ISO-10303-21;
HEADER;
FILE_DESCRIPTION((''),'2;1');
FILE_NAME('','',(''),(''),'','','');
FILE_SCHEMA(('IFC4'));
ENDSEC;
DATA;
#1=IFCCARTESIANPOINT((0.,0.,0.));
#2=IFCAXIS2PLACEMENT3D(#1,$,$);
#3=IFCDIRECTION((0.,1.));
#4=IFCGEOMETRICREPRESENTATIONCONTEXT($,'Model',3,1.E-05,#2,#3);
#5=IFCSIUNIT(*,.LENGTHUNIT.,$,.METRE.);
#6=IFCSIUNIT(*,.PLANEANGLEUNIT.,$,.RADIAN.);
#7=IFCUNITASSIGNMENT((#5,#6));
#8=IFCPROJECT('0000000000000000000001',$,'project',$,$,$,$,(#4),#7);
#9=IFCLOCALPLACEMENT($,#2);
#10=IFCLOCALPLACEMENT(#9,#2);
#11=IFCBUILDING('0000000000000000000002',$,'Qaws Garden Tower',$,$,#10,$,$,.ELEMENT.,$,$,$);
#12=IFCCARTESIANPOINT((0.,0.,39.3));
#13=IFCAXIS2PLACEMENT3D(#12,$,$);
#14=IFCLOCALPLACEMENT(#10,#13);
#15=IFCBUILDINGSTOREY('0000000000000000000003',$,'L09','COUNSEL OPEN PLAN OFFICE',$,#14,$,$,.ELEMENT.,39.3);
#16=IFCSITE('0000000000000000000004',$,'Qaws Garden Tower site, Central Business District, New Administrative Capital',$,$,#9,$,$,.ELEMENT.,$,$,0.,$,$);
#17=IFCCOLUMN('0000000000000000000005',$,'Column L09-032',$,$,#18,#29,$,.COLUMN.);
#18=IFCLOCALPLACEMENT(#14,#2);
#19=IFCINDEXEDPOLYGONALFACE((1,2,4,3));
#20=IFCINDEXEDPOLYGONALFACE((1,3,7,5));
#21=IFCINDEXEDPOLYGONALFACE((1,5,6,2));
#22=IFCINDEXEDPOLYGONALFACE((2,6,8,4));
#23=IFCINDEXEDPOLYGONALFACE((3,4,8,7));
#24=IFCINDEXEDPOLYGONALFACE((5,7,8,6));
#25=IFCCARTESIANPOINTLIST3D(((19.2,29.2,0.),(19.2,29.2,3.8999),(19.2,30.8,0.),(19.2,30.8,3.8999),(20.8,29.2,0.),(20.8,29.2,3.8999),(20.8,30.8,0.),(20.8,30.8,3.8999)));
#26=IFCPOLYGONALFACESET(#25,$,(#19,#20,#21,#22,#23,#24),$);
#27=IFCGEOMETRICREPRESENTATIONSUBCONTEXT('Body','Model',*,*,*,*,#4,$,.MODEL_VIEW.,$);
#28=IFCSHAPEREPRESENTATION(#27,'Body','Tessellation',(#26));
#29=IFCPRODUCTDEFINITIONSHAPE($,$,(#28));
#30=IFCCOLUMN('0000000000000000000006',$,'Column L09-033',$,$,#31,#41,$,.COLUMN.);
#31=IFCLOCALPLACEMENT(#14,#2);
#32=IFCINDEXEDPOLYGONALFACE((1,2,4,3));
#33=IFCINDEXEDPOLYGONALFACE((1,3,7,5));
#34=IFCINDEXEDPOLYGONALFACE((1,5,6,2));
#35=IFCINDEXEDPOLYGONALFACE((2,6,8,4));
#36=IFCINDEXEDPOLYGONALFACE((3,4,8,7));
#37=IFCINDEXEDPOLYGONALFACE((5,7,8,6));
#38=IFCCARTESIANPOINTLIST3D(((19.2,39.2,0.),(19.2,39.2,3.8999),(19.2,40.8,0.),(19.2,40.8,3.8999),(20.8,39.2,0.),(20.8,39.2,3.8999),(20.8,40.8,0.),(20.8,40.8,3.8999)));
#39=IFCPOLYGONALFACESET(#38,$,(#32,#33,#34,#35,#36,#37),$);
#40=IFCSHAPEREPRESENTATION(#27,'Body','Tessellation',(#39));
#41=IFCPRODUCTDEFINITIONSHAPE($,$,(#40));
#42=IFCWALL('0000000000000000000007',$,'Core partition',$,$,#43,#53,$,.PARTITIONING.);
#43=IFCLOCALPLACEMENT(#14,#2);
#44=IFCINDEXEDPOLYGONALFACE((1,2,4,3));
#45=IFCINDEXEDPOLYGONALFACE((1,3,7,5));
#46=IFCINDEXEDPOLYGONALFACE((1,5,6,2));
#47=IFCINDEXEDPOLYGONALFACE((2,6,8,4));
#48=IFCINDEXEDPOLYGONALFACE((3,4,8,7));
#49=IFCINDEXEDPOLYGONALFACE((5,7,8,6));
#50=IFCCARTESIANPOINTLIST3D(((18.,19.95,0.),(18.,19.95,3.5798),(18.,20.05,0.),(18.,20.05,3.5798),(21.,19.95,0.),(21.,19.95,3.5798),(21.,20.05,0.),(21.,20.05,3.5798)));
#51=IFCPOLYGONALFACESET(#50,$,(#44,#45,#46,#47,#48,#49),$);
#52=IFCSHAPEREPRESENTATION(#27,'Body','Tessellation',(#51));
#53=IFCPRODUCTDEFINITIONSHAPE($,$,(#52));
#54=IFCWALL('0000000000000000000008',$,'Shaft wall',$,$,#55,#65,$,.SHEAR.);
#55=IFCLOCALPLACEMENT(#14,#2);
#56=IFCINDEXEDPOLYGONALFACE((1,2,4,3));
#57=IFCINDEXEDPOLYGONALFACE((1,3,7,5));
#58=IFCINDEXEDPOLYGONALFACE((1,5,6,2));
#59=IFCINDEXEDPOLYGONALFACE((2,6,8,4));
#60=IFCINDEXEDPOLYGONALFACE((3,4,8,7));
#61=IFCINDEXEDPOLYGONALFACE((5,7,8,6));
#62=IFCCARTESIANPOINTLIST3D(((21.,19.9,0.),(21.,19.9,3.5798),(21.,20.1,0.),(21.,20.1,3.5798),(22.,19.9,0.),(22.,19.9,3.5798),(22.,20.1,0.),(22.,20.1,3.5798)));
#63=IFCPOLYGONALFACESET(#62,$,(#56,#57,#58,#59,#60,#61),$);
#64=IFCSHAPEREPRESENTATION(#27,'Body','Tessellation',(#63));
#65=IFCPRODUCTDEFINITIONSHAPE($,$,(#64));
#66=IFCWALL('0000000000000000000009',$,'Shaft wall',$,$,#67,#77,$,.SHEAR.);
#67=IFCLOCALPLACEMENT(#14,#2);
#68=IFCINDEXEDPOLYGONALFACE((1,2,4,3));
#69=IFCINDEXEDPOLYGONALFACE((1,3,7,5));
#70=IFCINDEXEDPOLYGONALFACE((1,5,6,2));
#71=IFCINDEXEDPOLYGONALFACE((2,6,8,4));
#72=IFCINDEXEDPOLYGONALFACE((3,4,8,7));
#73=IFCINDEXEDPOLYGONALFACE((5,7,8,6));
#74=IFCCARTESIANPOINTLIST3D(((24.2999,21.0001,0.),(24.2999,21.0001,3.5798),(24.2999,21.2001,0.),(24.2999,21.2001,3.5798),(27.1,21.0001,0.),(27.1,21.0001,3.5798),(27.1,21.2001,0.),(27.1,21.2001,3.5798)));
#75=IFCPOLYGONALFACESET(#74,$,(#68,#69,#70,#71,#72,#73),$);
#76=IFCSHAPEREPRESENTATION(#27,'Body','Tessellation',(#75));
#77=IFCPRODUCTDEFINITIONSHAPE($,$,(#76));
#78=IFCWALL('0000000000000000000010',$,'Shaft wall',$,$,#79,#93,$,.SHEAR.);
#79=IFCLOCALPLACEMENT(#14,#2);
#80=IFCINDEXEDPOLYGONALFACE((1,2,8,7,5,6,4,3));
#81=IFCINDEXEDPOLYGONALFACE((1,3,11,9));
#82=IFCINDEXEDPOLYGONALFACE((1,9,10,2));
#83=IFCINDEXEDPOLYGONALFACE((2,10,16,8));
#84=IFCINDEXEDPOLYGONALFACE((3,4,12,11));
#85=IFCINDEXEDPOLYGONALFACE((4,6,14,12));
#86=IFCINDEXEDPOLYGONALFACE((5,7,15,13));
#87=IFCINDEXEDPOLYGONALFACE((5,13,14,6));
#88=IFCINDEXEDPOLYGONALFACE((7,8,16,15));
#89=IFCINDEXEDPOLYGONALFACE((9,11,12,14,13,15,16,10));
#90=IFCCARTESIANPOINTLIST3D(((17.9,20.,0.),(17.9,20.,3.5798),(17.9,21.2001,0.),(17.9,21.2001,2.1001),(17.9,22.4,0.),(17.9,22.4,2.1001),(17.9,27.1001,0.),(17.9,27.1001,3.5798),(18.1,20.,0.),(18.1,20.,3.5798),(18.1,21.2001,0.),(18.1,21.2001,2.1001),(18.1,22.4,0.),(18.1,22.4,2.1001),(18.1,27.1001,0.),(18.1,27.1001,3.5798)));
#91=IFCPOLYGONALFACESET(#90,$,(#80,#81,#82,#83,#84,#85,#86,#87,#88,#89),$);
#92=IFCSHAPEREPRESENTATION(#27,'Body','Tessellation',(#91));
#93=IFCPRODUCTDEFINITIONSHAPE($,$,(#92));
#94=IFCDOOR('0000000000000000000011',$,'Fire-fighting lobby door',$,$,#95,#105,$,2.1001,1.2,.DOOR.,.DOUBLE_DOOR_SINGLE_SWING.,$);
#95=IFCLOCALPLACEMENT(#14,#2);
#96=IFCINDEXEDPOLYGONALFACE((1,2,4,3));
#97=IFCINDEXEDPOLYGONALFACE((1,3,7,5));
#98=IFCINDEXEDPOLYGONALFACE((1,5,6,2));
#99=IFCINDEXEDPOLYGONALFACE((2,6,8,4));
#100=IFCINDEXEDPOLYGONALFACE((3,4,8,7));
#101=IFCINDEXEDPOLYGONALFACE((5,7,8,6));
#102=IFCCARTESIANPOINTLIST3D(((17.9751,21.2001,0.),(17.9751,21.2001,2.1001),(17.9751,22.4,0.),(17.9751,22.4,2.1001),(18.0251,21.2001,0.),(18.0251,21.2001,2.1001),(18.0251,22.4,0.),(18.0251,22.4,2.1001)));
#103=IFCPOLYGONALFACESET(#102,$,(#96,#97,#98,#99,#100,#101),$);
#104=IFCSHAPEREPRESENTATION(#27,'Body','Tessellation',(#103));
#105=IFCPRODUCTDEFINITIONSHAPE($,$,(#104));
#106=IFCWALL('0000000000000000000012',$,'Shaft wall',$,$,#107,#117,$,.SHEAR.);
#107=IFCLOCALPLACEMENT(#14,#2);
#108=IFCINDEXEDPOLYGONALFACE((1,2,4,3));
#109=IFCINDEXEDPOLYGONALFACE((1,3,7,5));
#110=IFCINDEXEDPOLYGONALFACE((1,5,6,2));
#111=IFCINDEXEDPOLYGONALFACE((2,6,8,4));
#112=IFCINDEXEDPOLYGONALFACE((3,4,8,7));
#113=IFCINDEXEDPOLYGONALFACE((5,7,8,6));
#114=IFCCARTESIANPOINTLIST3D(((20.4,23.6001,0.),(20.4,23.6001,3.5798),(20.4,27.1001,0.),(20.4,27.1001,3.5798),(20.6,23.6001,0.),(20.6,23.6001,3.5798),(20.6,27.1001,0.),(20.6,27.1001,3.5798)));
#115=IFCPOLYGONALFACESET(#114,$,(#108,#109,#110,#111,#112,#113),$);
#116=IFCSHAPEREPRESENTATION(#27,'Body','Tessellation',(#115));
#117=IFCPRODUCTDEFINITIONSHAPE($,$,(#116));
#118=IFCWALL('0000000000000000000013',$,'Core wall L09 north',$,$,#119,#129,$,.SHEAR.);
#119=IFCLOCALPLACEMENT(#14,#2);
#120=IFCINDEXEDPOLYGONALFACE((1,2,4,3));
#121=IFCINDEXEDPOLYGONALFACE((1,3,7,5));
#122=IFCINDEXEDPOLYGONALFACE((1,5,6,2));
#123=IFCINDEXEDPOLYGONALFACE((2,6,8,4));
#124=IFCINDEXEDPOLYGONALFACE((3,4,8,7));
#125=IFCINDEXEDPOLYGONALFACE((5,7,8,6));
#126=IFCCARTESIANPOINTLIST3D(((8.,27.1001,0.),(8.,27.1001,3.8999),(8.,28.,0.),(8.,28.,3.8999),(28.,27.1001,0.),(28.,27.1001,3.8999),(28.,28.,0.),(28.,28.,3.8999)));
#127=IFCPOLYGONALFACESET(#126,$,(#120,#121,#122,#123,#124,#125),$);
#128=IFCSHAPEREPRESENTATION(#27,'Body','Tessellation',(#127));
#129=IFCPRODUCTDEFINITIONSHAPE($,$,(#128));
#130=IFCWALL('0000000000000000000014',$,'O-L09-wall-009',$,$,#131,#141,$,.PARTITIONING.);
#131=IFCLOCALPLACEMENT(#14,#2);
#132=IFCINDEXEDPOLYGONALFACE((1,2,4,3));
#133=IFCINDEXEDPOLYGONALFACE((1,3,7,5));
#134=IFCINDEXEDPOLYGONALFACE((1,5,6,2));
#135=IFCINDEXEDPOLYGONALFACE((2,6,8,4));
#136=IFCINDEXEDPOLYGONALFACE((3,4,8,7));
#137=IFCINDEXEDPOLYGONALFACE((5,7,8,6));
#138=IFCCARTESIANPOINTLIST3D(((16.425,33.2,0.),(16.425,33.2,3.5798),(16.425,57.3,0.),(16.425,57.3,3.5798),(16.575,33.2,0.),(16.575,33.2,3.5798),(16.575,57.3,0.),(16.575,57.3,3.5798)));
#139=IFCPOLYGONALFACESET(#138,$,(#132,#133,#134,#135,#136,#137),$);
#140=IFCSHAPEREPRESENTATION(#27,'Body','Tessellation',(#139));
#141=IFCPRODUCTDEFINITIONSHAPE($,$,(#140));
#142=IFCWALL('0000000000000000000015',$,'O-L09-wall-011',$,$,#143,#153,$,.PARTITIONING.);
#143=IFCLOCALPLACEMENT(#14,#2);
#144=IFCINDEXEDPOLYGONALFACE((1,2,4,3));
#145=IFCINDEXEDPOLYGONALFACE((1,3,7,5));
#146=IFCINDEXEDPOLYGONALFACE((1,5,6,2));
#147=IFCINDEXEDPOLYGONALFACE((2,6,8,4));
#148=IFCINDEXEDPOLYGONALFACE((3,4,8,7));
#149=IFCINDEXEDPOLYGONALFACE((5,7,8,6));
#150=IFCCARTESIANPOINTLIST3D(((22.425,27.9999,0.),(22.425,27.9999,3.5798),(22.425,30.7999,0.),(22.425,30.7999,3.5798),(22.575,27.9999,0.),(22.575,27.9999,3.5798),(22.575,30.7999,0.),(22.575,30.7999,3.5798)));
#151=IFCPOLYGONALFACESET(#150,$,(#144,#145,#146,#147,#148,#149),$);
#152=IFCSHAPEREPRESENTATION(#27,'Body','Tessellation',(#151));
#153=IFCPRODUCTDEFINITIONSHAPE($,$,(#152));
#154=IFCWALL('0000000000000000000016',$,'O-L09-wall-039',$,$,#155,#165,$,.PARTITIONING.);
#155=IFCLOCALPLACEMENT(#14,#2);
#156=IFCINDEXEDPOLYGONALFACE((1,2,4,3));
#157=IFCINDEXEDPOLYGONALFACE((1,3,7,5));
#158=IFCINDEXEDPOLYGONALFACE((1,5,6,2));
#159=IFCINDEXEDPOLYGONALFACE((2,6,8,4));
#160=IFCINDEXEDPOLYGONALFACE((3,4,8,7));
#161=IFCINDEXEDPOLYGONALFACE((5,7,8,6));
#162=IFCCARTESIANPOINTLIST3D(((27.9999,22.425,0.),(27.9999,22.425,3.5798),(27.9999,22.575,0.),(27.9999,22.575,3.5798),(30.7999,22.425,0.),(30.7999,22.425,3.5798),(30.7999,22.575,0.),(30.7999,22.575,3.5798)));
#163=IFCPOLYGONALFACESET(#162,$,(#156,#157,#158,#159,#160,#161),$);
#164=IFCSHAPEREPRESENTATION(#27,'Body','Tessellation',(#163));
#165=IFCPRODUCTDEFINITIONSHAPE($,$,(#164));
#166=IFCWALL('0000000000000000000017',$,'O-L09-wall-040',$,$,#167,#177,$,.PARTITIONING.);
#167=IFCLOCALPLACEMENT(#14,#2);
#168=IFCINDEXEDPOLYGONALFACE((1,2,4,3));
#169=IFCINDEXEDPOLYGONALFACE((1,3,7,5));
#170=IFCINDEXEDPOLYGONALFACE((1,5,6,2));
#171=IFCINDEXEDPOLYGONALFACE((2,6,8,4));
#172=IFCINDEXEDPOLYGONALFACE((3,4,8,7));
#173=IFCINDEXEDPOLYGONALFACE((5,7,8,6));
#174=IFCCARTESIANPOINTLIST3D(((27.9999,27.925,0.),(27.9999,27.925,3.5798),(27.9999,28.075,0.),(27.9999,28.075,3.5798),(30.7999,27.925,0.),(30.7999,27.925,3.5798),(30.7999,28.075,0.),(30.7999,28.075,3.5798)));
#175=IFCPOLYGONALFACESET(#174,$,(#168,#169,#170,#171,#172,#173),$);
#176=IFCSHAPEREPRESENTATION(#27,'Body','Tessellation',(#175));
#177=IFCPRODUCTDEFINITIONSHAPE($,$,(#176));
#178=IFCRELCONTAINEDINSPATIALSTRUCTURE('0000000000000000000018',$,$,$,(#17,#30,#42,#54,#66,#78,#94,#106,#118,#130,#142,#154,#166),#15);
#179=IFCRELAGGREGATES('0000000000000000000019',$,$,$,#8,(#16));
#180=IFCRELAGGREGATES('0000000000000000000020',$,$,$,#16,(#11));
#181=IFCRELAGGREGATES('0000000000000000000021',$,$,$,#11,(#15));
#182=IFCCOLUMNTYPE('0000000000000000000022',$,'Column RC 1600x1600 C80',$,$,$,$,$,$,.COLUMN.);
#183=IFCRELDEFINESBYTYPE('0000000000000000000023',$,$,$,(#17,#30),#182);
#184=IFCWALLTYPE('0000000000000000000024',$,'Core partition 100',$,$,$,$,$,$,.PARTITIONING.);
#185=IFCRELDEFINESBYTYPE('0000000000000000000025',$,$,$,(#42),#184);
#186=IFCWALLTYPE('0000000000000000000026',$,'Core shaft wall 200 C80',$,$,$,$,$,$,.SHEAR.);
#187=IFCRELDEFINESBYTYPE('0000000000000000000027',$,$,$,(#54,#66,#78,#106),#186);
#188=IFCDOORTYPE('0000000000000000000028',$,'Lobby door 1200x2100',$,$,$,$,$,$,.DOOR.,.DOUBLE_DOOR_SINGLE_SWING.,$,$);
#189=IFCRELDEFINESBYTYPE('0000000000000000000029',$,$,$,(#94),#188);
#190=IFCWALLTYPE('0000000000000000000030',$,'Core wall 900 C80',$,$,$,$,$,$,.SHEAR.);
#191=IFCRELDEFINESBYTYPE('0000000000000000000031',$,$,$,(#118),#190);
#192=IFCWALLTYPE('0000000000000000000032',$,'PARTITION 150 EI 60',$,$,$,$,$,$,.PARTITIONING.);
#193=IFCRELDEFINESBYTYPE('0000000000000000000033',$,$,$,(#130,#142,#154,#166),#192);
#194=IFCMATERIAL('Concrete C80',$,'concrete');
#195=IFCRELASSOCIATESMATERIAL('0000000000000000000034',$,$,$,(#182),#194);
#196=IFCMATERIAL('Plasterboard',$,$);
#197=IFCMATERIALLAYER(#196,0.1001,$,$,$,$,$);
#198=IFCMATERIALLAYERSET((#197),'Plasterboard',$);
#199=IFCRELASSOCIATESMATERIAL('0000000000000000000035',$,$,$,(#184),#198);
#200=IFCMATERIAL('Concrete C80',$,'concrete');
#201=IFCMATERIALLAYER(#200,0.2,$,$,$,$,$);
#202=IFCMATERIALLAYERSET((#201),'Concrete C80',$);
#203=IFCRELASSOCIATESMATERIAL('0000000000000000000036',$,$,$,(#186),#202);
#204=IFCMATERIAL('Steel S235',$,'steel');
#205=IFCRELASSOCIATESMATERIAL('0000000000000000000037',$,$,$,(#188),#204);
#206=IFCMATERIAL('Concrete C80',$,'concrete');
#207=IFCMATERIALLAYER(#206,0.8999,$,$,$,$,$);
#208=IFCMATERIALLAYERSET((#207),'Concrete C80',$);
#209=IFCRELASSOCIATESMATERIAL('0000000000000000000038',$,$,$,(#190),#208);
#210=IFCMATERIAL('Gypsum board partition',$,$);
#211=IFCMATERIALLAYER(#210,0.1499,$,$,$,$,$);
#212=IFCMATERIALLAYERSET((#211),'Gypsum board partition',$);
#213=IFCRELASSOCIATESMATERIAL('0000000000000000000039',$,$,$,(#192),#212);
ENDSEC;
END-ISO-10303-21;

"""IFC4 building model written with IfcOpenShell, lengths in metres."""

from ifc_helpers import new_model, si_unit, direction, frame, frame_2d, origin, origin_2d, place, context, subcontext, project, spatial, rectangle, extrude, material, layer, layer_set, material_profile, profile_set, type_object, element, fill, save


model = new_model("IFC4")

# Units and contexts
model_context = context("Model", 3, precision=1e-05, world=origin(), true_north=direction((0.0, 1.0)))
body_context = subcontext(model_context, "Body", "Model", "MODEL_VIEW")
ifc_project = project(units=[si_unit("LENGTHUNIT", "METRE"), si_unit("PLANEANGLEUNIT", "RADIAN")], contexts=[model_context])

# Site, building, storey
site_placement = place(None, origin())
site = spatial("IfcSite", under=ifc_project, at=site_placement, Name="Qaws Garden Tower site, Central Business District, New Administrative Capital", CompositionType="ELEMENT", RefElevation=0.0)
building_placement = place(site_placement, origin())
building = spatial("IfcBuilding", under=site, at=building_placement, Name="Qaws Garden Tower", CompositionType="ELEMENT")
storey_placement = place(building_placement, frame((0.0, 0.0, 39.3)))
storey = spatial("IfcBuildingStorey", under=building, at=storey_placement, Name="L09", Description="COUNSEL OPEN PLAN OFFICE", CompositionType="ELEMENT", Elevation=39.3)

# Columns
ifc_material_1 = material(Name="Concrete C80", Category="concrete")
ifc_material_profile = material_profile(ifc_material_1, rectangle(XDim=1.6001, YDim=1.6001, at=origin_2d()), Name="RC 1600x1600")
ifc_profile_set = profile_set([ifc_material_profile], Name="Concrete C80")
column_type = type_object("IfcColumnType", Name="Column RC 1600x1600 C80", PredefinedType="COLUMN", material=ifc_profile_set)
for number, where, z_axis, x_axis, name in (
    (1, (20.0, 30.0, 0.0), (0.0, 0.0, 1.0), (1.0, 0.0, 0.0), "Column L09-032"),
    (2, (20.0, 40.0, 0.0), (0.0, 0.0, 1.0), (1.0, 0.0, 0.0), "Column L09-033"),
):
    element("IfcColumn", number, at=place(storey_placement, frame(where, z_axis=z_axis, x_axis=x_axis)), inside=storey, type_object=column_type, Name=name, PredefinedType="COLUMN", context=body_context, shape_type="SweptSolid", body=[
        extrude(rectangle(XDim=1.6001, YDim=1.6001, at=origin_2d()), origin(), (0.0, 0.0, 1.0), 3.8999),
    ])

# Walls
ifc_material_2 = material(Name="Plasterboard")
ifc_layer_1 = layer(ifc_material_2, 0.1001)
ifc_layer_set_1 = layer_set([ifc_layer_1], Name="Plasterboard")
wall_type_1 = type_object("IfcWallType", Name="Core partition 100", PredefinedType="PARTITIONING", material=ifc_layer_set_1)
wall_1_placement = place(storey_placement, frame((18.0, 20.0, 0.0), z_axis=(0.0, 0.0, 1.0), x_axis=(1.0, 0.0, 0.0)))
element("IfcWall", 3, at=wall_1_placement, inside=storey, type_object=wall_type_1, Name="Core partition", PredefinedType="PARTITIONING", context=body_context, shape_type="SweptSolid", body=[
    extrude(rectangle(XDim=3.0, YDim=0.1001, at=frame_2d((1.5, 0.0))), origin(), (0.0, 0.0, 1.0), 3.5798),
])
ifc_material_3 = material(Name="Concrete C80", Category="concrete")
ifc_layer_2 = layer(ifc_material_3, 0.2)
ifc_layer_set_2 = layer_set([ifc_layer_2], Name="Concrete C80")
wall_type_2 = type_object("IfcWallType", Name="Core shaft wall 200 C80", PredefinedType="SHEAR", material=ifc_layer_set_2)
wall_2_placement = place(storey_placement, frame((21.0, 20.0, 0.0), z_axis=(0.0, 0.0, 1.0), x_axis=(1.0, 0.0, 0.0)))
element("IfcWall", 4, at=wall_2_placement, inside=storey, type_object=wall_type_2, Name="Shaft wall", PredefinedType="SHEAR", context=body_context, shape_type="SweptSolid", body=[
    extrude(rectangle(XDim=1.0, YDim=0.2, at=frame_2d((0.5, 0.0))), origin(), (0.0, 0.0, 1.0), 3.5798),
])
wall_3_placement = place(storey_placement, frame((24.3, 21.1001, 0.0), z_axis=(0.0, 0.0, 1.0), x_axis=(1.0, 0.0, 0.0)))
element("IfcWall", 5, at=wall_3_placement, inside=storey, type_object=wall_type_2, Name="Shaft wall", PredefinedType="SHEAR", context=body_context, shape_type="SweptSolid", body=[
    extrude(rectangle(XDim=2.8, YDim=0.2, at=frame_2d((1.3999, 0.0))), origin(), (0.0, 0.0, 1.0), 3.5798),
])

# Wall, opening, door
wall_4_placement = place(storey_placement, frame((18.0, 20.0, 0.0), z_axis=(0.0, 0.0, 1.0), x_axis=(0.0, 1.0, 0.0)))
wall_4 = element("IfcWall", 6, at=wall_4_placement, inside=storey, type_object=wall_type_2, Name="Shaft wall", PredefinedType="SHEAR", context=body_context, shape_type="SweptSolid", body=[
    extrude(rectangle(XDim=7.1001, YDim=0.2, at=frame_2d((3.55, 0.0))), origin(), (0.0, 0.0, 1.0), 3.5798),
])
opening_1_placement = place(wall_4_placement, frame((1.2, 0.0, 0.0)))
opening_1 = element("IfcOpeningElement", 7, at=opening_1_placement, cuts=wall_4, PredefinedType="OPENING", context=body_context, shape_type="SweptSolid", body=[
    extrude(rectangle(XDim=1.2, YDim=2.1001, at=frame_2d((0.6001, 1.05))), frame((0.0, 0.1099, 0.0), z_axis=(0.0, -1.0, 0.0), x_axis=(1.0, 0.0, 0.0)), (0.0, 0.0, 1.0), 0.22),
])
ifc_material_4 = material(Name="Steel S235", Category="steel")
door_type_1 = type_object("IfcDoorType", Name="Lobby door 1200x2100", OperationType="DOUBLE_DOOR_SINGLE_SWING", PredefinedType="DOOR", material=ifc_material_4)
door_1_placement = place(opening_1_placement, origin())
door_1 = element("IfcDoor", 8, at=door_1_placement, inside=storey, type_object=door_type_1, Name="Fire-fighting lobby door", OperationType="DOUBLE_DOOR_SINGLE_SWING", OverallHeight=2.1001, OverallWidth=1.2, PredefinedType="DOOR", context=body_context, shape_type="SweptSolid", body=[
    extrude(rectangle(XDim=1.2, YDim=2.1001, at=frame_2d((0.6001, 1.05))), frame((0.0, 0.0249, 0.0), z_axis=(0.0, -1.0, 0.0), x_axis=(1.0, 0.0, 0.0)), (0.0, 0.0, 1.0), 0.05),
])
fill(opening_1, door_1)

# Walls
wall_5_placement = place(storey_placement, frame((20.5, 23.6001, 0.0), z_axis=(0.0, 0.0, 1.0), x_axis=(0.0, 1.0, 0.0)))
element("IfcWall", 9, at=wall_5_placement, inside=storey, type_object=wall_type_2, Name="Shaft wall", PredefinedType="SHEAR", context=body_context, shape_type="SweptSolid", body=[
    extrude(rectangle(XDim=3.5, YDim=0.2, at=frame_2d((1.75, 0.0))), origin(), (0.0, 0.0, 1.0), 3.5798),
])
ifc_material_5 = material(Name="Concrete C80", Category="concrete")
ifc_layer_3 = layer(ifc_material_5, 0.8999)
ifc_layer_set_3 = layer_set([ifc_layer_3], Name="Concrete C80")
wall_type_3 = type_object("IfcWallType", Name="Core wall 900 C80", PredefinedType="SHEAR", material=ifc_layer_set_3)
wall_6_placement = place(storey_placement, frame((28.0, 27.55, 0.0), z_axis=(0.0, 0.0, 1.0), x_axis=(-1.0, 0.0, 0.0)))
element("IfcWall", 10, at=wall_6_placement, inside=storey, type_object=wall_type_3, Name="Core wall L09 north", PredefinedType="SHEAR", context=body_context, shape_type="SweptSolid", body=[
    extrude(rectangle(XDim=20.0, YDim=0.8999, at=frame_2d((10.0, 0.0))), origin(), (0.0, 0.0, 1.0), 3.8999),
])
ifc_material_6 = material(Name="Gypsum board partition")
ifc_layer_4 = layer(ifc_material_6, 0.1499)
ifc_layer_set_4 = layer_set([ifc_layer_4], Name="Gypsum board partition")
wall_type_4 = type_object("IfcWallType", Name="PARTITION 150 EI 60", PredefinedType="PARTITIONING", material=ifc_layer_set_4)
wall_7_placement = place(storey_placement, frame((16.5, 33.2, 0.0), z_axis=(0.0, 0.0, 1.0), x_axis=(0.0, 1.0, 0.0)))
element("IfcWall", 11, at=wall_7_placement, inside=storey, type_object=wall_type_4, Name="O-L09-wall-009", PredefinedType="PARTITIONING", context=body_context, shape_type="SweptSolid", body=[
    extrude(rectangle(XDim=24.1001, YDim=0.1499, at=frame_2d((12.05, 0.0))), origin(), (0.0, 0.0, 1.0), 3.5798),
])
for number, where, z_axis, x_axis, name in (
    (12, (22.5, 28.0, 0.0), (0.0, 0.0, 1.0), (0.0, 1.0, 0.0), "O-L09-wall-011"),
    (13, (28.0, 22.5, 0.0), (0.0, 0.0, 1.0), (1.0, 0.0, 0.0), "O-L09-wall-039"),
    (14, (28.0, 28.0, 0.0), (0.0, 0.0, 1.0), (1.0, 0.0, 0.0), "O-L09-wall-040"),
):
    element("IfcWall", number, at=place(storey_placement, frame(where, z_axis=z_axis, x_axis=x_axis)), inside=storey, type_object=wall_type_4, Name=name, PredefinedType="PARTITIONING", context=body_context, shape_type="SweptSolid", body=[
        extrude(rectangle(XDim=2.8, YDim=0.1499, at=frame_2d((1.3999, 0.0))), origin(), (0.0, 0.0, 1.0), 3.5798),
    ])

save(model, "model.ifc")
